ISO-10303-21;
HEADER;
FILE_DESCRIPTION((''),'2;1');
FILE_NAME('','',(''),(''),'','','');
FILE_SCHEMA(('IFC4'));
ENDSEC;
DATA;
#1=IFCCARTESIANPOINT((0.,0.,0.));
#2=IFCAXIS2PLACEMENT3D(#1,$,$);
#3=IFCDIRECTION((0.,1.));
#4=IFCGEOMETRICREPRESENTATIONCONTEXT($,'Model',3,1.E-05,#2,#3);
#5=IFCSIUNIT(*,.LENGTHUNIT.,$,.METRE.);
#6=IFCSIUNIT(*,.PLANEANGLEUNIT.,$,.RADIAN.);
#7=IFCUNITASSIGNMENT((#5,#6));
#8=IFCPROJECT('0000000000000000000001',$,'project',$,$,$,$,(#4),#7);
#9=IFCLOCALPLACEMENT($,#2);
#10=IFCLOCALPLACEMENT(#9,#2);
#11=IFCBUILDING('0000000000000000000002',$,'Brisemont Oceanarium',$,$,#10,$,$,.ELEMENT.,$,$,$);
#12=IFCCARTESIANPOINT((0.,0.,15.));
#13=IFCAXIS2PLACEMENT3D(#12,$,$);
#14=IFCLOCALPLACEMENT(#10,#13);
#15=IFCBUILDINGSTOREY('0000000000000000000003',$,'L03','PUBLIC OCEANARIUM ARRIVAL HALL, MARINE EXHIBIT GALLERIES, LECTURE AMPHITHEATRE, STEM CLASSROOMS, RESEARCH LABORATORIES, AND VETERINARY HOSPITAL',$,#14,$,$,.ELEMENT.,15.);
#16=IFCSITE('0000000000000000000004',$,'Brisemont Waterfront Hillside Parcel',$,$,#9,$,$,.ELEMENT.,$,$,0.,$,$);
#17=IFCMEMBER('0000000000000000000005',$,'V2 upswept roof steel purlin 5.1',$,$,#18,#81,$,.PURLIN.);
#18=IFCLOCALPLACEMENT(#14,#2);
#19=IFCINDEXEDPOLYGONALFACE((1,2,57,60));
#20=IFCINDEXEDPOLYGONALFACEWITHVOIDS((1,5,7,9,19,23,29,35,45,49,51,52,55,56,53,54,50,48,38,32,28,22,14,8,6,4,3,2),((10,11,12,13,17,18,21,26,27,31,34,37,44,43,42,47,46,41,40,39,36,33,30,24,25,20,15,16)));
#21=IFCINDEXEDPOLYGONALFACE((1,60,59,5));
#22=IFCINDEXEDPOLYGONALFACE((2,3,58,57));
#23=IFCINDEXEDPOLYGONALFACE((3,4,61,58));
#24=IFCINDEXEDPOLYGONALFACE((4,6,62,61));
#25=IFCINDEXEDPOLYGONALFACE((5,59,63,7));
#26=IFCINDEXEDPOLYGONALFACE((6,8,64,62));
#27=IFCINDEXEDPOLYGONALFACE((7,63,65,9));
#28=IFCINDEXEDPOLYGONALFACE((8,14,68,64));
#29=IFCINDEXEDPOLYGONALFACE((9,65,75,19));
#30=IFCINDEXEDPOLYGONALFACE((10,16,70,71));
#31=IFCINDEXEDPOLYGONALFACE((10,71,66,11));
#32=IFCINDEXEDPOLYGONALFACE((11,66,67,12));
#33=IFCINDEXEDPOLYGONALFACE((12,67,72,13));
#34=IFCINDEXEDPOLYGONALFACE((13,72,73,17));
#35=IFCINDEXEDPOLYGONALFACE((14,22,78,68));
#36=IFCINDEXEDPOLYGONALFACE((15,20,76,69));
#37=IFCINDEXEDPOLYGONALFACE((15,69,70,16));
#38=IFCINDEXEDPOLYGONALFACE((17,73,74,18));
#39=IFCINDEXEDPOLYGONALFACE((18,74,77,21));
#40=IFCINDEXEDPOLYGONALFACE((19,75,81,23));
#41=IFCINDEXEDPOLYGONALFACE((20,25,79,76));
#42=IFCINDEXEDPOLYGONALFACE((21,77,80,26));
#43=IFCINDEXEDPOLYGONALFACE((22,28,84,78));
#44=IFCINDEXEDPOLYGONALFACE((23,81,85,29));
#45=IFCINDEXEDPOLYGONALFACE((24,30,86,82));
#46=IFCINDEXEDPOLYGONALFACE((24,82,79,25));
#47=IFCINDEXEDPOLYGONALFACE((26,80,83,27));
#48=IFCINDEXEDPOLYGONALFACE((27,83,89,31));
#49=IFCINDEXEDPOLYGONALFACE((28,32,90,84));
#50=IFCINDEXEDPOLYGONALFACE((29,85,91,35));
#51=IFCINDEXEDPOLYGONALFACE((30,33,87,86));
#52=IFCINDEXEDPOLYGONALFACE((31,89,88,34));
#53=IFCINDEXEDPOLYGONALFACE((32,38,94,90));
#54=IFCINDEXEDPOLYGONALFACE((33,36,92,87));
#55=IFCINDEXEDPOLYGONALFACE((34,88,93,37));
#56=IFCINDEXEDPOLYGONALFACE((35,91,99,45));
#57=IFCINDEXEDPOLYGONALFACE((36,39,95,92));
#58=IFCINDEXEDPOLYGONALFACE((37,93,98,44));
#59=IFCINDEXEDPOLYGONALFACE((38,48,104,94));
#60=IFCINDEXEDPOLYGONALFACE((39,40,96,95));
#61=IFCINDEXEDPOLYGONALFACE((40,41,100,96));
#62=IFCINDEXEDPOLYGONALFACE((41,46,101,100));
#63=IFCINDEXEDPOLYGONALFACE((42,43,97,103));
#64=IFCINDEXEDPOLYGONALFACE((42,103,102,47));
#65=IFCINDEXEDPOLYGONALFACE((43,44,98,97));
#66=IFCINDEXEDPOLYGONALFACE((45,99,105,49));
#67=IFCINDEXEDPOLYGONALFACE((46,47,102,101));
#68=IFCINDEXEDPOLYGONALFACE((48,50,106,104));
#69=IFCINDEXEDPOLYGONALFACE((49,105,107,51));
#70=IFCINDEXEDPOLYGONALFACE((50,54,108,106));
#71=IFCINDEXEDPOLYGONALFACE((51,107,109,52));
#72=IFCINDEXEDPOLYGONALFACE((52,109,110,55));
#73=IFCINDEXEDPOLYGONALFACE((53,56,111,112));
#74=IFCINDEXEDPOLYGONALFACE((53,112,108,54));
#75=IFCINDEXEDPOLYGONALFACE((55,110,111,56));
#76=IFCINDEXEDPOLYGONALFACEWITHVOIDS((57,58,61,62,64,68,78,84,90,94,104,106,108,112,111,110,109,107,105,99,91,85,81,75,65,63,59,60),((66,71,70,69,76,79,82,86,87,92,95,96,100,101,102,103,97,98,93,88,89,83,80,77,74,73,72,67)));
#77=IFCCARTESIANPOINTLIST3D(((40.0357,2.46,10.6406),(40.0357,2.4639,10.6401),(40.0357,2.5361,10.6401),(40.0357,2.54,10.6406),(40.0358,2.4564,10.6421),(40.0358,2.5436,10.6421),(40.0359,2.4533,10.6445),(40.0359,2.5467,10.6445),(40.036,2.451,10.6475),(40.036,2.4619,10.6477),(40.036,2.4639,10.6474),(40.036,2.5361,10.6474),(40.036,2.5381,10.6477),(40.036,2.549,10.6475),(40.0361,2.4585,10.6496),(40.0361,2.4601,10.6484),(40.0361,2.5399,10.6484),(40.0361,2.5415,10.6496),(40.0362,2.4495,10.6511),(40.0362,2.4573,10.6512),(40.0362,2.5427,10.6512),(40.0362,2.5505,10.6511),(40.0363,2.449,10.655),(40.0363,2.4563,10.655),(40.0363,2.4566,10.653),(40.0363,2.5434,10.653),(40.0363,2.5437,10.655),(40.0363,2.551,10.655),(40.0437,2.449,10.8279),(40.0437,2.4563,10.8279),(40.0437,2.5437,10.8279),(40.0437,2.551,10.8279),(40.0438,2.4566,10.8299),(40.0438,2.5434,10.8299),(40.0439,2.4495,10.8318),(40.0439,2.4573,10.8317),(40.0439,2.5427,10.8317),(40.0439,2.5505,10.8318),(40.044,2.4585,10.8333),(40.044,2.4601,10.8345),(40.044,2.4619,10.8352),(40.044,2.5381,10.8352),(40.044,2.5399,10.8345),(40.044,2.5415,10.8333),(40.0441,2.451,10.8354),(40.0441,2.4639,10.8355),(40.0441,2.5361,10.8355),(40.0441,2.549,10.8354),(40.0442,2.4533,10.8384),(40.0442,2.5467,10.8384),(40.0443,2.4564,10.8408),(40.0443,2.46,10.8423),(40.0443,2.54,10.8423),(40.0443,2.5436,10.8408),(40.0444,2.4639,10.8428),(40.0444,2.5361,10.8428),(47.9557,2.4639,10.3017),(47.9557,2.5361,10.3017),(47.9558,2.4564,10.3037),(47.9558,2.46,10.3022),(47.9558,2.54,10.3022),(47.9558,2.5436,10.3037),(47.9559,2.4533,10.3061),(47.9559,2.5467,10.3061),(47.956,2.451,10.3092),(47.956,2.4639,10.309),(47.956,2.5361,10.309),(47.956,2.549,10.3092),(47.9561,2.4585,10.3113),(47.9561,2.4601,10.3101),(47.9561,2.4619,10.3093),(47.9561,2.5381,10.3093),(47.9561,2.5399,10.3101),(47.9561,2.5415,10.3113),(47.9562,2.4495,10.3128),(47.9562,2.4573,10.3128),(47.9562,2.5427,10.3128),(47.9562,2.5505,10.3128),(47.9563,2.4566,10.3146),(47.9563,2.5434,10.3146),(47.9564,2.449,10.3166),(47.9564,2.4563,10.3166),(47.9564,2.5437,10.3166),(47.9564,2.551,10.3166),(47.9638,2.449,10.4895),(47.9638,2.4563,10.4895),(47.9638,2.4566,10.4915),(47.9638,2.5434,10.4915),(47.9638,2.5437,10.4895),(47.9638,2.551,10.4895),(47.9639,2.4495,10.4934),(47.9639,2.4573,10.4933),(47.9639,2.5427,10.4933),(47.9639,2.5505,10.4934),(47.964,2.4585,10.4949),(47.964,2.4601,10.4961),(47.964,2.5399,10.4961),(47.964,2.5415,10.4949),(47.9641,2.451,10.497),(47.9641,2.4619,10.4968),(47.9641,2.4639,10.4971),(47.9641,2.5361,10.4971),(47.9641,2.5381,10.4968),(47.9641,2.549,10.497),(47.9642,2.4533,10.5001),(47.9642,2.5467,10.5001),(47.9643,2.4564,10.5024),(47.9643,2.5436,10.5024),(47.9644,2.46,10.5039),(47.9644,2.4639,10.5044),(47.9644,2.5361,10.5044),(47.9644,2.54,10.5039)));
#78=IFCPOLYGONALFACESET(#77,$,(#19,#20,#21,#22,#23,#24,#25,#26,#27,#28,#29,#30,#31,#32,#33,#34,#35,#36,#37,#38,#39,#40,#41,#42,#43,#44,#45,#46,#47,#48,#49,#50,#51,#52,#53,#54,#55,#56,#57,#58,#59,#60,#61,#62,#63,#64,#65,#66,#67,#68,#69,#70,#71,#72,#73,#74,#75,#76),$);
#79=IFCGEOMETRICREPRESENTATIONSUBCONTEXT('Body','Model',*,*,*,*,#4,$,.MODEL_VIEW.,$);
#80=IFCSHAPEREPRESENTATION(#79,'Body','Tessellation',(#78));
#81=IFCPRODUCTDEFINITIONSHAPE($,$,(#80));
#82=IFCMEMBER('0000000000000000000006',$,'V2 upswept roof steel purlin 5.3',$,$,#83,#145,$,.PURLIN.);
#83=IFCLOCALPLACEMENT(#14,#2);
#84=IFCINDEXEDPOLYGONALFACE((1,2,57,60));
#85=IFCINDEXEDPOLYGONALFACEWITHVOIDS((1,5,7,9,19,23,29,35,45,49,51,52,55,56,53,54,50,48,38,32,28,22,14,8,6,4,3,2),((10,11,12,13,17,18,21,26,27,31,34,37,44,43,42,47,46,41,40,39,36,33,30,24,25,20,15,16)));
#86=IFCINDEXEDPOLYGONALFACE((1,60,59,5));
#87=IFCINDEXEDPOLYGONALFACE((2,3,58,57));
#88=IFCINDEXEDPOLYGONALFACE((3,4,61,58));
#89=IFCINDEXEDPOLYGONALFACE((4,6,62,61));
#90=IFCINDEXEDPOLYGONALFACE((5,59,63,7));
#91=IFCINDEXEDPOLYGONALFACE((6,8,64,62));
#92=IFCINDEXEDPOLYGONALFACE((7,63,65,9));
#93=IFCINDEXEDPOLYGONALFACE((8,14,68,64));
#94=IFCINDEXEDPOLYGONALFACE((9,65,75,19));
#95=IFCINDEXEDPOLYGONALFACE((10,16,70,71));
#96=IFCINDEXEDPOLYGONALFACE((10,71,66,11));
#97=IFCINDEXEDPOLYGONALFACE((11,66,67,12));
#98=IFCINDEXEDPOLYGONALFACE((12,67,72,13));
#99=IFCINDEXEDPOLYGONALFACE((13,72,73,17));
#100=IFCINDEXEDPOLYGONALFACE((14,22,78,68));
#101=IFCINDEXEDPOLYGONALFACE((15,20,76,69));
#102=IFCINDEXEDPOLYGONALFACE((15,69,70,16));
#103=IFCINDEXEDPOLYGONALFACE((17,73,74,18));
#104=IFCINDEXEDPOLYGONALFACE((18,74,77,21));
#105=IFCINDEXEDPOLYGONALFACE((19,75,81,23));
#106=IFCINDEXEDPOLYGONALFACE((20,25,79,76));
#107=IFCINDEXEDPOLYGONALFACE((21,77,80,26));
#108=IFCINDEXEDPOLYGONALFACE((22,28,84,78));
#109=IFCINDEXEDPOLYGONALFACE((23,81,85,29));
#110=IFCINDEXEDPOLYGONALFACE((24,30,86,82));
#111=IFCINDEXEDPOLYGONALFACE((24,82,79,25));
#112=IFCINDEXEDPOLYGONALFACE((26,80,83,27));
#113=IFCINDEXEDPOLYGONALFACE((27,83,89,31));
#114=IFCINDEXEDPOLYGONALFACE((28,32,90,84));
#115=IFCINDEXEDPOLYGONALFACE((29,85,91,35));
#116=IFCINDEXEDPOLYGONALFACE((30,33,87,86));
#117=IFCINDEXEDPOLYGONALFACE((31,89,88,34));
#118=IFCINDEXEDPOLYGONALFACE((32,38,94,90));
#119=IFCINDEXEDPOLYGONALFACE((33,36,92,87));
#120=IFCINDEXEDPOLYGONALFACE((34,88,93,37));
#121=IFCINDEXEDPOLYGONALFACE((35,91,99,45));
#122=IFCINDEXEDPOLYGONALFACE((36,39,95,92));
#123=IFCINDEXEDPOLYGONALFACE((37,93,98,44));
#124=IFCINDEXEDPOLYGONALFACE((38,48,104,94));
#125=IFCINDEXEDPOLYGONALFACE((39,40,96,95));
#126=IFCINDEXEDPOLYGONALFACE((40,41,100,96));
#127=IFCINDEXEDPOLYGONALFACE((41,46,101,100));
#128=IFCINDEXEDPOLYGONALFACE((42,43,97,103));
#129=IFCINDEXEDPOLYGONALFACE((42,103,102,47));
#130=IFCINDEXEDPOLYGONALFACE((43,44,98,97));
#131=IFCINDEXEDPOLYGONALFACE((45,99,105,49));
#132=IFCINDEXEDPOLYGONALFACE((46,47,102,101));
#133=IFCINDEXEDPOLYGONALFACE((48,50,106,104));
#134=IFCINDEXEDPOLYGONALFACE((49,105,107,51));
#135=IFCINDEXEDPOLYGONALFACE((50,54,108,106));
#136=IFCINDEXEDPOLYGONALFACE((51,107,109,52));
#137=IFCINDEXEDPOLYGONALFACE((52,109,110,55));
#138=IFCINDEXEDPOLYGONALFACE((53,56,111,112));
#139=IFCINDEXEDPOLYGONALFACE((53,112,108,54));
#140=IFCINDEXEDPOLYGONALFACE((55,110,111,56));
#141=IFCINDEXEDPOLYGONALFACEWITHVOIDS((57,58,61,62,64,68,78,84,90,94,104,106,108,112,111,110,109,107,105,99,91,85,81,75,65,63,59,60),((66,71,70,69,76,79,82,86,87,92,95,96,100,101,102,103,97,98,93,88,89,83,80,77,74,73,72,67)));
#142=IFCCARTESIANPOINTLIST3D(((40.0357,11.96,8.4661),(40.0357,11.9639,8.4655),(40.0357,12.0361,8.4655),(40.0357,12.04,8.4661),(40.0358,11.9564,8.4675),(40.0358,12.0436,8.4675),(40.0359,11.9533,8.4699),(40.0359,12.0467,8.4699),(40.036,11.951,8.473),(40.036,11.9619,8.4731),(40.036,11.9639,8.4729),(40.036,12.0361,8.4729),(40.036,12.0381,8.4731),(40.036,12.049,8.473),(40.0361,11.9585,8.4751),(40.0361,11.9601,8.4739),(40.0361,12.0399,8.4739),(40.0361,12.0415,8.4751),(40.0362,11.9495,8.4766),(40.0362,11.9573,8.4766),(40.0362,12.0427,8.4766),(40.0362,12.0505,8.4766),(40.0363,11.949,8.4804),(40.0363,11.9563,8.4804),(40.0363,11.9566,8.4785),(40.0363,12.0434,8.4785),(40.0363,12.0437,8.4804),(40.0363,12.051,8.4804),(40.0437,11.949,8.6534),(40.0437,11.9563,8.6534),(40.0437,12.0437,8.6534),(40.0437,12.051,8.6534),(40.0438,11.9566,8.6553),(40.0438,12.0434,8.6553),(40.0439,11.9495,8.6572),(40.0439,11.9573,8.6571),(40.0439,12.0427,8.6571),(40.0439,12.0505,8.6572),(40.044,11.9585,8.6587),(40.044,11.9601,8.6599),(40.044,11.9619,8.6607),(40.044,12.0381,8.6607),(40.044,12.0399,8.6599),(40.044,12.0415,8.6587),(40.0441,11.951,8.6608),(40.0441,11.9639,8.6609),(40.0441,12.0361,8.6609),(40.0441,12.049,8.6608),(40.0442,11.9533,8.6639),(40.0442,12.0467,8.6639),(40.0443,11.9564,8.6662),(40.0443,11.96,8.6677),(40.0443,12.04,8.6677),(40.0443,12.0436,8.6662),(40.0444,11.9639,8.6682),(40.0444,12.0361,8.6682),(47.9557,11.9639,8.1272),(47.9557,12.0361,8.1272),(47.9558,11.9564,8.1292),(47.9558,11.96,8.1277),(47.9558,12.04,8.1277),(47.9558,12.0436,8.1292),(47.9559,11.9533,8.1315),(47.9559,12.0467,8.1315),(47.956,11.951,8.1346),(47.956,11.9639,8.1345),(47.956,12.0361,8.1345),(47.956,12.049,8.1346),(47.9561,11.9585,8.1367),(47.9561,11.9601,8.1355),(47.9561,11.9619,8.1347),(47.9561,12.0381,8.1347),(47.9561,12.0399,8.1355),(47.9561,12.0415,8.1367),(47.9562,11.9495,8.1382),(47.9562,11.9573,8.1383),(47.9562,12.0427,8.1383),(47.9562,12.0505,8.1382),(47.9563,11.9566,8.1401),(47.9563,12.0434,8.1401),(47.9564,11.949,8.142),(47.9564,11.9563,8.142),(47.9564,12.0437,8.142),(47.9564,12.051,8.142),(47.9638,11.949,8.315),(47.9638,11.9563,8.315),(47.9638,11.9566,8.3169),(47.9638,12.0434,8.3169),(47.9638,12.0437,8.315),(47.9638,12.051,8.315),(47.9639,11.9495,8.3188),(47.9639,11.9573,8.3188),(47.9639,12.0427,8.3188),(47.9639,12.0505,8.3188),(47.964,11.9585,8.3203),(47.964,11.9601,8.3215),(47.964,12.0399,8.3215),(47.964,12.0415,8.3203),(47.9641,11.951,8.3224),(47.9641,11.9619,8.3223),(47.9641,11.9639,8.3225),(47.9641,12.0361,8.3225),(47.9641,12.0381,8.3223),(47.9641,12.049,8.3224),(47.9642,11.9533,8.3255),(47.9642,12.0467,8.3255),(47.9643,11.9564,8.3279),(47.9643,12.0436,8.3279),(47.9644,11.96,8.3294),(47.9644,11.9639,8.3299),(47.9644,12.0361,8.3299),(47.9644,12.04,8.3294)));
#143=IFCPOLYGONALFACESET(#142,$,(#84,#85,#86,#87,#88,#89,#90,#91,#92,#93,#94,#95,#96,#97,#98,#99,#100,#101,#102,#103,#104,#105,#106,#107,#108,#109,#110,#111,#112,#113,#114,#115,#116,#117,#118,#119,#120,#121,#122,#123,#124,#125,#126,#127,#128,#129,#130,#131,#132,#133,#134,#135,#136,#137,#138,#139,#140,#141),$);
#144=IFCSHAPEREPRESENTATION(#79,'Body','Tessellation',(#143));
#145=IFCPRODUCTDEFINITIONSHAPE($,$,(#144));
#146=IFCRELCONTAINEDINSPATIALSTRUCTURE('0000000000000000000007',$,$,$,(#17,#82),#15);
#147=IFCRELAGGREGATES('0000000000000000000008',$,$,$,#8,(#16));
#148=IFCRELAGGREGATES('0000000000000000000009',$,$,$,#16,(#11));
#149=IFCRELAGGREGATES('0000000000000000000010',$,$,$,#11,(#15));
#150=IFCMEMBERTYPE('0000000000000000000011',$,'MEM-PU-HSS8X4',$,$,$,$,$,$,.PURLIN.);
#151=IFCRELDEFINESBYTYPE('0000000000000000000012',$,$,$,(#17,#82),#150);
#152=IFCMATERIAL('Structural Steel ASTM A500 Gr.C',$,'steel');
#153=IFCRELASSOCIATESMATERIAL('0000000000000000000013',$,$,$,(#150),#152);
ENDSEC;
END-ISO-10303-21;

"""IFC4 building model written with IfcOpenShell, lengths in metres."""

from ifc_helpers import new_model, si_unit, direction, frame, origin, origin_2d, place, context, subcontext, project, spatial, hollow_rectangle, extrude, material, material_profile, profile_set, type_object, element, save


model = new_model("IFC4")

# Units and contexts
model_context = context("Model", 3, precision=1e-05, world=origin(), true_north=direction((0.0, 1.0)))
body_context = subcontext(model_context, "Body", "Model", "MODEL_VIEW")
ifc_project = project(units=[si_unit("LENGTHUNIT", "METRE"), si_unit("PLANEANGLEUNIT", "RADIAN")], contexts=[model_context])

# Site, building, storey
site_placement = place(None, origin())
site = spatial("IfcSite", under=ifc_project, at=site_placement, Name="Brisemont Waterfront Hillside Parcel", CompositionType="ELEMENT", RefElevation=0.0)
building_placement = place(site_placement, origin())
building = spatial("IfcBuilding", under=site, at=building_placement, Name="Brisemont Oceanarium", CompositionType="ELEMENT")
storey_placement = place(building_placement, frame((0.0, 0.0, 15.0)))
storey = spatial("IfcBuildingStorey", under=building, at=storey_placement, Name="L03", Description="PUBLIC OCEANARIUM ARRIVAL HALL, MARINE EXHIBIT GALLERIES, LECTURE AMPHITHEATRE, STEM CLASSROOMS, RESEARCH LABORATORIES, AND VETERINARY HOSPITAL", CompositionType="ELEMENT", Elevation=15.0)

# Members
ifc_material_1 = material(Name="Structural Steel ASTM A500 Gr.C", Category="steel")
ifc_material_profile_1 = material_profile(ifc_material_1, hollow_rectangle(XDim=0.1021, YDim=0.2029, WallThickness=0.0073, InnerFilletRadius=0.0076, OuterFilletRadius=0.0149, at=origin_2d()), Name="HSS8X4X5/16")
ifc_profile_set_1 = profile_set([ifc_material_profile_1], Name="Structural Steel ASTM A500 Gr.C")
member_type_1 = type_object("IfcMemberType", Name="MEM-PU-HSS8X4", PredefinedType="PURLIN", material=ifc_profile_set_1)
for number, where, z_axis, x_axis, name in (
    (1, (40.04, 2.5, 10.7415), (0.999089, 0.0, -0.042686), (0.0, 1.0, 0.0), "V2 upswept roof steel purlin 5.1"),
    (2, (40.04, 12.0, 8.5669), (0.999089, 0.0, -0.042686), (0.0, 1.0, 0.0), "V2 upswept roof steel purlin 5.3"),
):
    element("IfcMember", number, at=place(storey_placement, frame(where, z_axis=z_axis, x_axis=x_axis)), inside=storey, type_object=member_type_1, Name=name, PredefinedType="PURLIN", context=body_context, shape_type="SweptSolid", body=[
        extrude(hollow_rectangle(XDim=0.1021, YDim=0.2029, WallThickness=0.0073, InnerFilletRadius=0.0076, OuterFilletRadius=0.0149, at=origin_2d()), origin(), (0.0, 0.0, 1.0), 7.9272),
    ])

save(model, "model.ifc")
